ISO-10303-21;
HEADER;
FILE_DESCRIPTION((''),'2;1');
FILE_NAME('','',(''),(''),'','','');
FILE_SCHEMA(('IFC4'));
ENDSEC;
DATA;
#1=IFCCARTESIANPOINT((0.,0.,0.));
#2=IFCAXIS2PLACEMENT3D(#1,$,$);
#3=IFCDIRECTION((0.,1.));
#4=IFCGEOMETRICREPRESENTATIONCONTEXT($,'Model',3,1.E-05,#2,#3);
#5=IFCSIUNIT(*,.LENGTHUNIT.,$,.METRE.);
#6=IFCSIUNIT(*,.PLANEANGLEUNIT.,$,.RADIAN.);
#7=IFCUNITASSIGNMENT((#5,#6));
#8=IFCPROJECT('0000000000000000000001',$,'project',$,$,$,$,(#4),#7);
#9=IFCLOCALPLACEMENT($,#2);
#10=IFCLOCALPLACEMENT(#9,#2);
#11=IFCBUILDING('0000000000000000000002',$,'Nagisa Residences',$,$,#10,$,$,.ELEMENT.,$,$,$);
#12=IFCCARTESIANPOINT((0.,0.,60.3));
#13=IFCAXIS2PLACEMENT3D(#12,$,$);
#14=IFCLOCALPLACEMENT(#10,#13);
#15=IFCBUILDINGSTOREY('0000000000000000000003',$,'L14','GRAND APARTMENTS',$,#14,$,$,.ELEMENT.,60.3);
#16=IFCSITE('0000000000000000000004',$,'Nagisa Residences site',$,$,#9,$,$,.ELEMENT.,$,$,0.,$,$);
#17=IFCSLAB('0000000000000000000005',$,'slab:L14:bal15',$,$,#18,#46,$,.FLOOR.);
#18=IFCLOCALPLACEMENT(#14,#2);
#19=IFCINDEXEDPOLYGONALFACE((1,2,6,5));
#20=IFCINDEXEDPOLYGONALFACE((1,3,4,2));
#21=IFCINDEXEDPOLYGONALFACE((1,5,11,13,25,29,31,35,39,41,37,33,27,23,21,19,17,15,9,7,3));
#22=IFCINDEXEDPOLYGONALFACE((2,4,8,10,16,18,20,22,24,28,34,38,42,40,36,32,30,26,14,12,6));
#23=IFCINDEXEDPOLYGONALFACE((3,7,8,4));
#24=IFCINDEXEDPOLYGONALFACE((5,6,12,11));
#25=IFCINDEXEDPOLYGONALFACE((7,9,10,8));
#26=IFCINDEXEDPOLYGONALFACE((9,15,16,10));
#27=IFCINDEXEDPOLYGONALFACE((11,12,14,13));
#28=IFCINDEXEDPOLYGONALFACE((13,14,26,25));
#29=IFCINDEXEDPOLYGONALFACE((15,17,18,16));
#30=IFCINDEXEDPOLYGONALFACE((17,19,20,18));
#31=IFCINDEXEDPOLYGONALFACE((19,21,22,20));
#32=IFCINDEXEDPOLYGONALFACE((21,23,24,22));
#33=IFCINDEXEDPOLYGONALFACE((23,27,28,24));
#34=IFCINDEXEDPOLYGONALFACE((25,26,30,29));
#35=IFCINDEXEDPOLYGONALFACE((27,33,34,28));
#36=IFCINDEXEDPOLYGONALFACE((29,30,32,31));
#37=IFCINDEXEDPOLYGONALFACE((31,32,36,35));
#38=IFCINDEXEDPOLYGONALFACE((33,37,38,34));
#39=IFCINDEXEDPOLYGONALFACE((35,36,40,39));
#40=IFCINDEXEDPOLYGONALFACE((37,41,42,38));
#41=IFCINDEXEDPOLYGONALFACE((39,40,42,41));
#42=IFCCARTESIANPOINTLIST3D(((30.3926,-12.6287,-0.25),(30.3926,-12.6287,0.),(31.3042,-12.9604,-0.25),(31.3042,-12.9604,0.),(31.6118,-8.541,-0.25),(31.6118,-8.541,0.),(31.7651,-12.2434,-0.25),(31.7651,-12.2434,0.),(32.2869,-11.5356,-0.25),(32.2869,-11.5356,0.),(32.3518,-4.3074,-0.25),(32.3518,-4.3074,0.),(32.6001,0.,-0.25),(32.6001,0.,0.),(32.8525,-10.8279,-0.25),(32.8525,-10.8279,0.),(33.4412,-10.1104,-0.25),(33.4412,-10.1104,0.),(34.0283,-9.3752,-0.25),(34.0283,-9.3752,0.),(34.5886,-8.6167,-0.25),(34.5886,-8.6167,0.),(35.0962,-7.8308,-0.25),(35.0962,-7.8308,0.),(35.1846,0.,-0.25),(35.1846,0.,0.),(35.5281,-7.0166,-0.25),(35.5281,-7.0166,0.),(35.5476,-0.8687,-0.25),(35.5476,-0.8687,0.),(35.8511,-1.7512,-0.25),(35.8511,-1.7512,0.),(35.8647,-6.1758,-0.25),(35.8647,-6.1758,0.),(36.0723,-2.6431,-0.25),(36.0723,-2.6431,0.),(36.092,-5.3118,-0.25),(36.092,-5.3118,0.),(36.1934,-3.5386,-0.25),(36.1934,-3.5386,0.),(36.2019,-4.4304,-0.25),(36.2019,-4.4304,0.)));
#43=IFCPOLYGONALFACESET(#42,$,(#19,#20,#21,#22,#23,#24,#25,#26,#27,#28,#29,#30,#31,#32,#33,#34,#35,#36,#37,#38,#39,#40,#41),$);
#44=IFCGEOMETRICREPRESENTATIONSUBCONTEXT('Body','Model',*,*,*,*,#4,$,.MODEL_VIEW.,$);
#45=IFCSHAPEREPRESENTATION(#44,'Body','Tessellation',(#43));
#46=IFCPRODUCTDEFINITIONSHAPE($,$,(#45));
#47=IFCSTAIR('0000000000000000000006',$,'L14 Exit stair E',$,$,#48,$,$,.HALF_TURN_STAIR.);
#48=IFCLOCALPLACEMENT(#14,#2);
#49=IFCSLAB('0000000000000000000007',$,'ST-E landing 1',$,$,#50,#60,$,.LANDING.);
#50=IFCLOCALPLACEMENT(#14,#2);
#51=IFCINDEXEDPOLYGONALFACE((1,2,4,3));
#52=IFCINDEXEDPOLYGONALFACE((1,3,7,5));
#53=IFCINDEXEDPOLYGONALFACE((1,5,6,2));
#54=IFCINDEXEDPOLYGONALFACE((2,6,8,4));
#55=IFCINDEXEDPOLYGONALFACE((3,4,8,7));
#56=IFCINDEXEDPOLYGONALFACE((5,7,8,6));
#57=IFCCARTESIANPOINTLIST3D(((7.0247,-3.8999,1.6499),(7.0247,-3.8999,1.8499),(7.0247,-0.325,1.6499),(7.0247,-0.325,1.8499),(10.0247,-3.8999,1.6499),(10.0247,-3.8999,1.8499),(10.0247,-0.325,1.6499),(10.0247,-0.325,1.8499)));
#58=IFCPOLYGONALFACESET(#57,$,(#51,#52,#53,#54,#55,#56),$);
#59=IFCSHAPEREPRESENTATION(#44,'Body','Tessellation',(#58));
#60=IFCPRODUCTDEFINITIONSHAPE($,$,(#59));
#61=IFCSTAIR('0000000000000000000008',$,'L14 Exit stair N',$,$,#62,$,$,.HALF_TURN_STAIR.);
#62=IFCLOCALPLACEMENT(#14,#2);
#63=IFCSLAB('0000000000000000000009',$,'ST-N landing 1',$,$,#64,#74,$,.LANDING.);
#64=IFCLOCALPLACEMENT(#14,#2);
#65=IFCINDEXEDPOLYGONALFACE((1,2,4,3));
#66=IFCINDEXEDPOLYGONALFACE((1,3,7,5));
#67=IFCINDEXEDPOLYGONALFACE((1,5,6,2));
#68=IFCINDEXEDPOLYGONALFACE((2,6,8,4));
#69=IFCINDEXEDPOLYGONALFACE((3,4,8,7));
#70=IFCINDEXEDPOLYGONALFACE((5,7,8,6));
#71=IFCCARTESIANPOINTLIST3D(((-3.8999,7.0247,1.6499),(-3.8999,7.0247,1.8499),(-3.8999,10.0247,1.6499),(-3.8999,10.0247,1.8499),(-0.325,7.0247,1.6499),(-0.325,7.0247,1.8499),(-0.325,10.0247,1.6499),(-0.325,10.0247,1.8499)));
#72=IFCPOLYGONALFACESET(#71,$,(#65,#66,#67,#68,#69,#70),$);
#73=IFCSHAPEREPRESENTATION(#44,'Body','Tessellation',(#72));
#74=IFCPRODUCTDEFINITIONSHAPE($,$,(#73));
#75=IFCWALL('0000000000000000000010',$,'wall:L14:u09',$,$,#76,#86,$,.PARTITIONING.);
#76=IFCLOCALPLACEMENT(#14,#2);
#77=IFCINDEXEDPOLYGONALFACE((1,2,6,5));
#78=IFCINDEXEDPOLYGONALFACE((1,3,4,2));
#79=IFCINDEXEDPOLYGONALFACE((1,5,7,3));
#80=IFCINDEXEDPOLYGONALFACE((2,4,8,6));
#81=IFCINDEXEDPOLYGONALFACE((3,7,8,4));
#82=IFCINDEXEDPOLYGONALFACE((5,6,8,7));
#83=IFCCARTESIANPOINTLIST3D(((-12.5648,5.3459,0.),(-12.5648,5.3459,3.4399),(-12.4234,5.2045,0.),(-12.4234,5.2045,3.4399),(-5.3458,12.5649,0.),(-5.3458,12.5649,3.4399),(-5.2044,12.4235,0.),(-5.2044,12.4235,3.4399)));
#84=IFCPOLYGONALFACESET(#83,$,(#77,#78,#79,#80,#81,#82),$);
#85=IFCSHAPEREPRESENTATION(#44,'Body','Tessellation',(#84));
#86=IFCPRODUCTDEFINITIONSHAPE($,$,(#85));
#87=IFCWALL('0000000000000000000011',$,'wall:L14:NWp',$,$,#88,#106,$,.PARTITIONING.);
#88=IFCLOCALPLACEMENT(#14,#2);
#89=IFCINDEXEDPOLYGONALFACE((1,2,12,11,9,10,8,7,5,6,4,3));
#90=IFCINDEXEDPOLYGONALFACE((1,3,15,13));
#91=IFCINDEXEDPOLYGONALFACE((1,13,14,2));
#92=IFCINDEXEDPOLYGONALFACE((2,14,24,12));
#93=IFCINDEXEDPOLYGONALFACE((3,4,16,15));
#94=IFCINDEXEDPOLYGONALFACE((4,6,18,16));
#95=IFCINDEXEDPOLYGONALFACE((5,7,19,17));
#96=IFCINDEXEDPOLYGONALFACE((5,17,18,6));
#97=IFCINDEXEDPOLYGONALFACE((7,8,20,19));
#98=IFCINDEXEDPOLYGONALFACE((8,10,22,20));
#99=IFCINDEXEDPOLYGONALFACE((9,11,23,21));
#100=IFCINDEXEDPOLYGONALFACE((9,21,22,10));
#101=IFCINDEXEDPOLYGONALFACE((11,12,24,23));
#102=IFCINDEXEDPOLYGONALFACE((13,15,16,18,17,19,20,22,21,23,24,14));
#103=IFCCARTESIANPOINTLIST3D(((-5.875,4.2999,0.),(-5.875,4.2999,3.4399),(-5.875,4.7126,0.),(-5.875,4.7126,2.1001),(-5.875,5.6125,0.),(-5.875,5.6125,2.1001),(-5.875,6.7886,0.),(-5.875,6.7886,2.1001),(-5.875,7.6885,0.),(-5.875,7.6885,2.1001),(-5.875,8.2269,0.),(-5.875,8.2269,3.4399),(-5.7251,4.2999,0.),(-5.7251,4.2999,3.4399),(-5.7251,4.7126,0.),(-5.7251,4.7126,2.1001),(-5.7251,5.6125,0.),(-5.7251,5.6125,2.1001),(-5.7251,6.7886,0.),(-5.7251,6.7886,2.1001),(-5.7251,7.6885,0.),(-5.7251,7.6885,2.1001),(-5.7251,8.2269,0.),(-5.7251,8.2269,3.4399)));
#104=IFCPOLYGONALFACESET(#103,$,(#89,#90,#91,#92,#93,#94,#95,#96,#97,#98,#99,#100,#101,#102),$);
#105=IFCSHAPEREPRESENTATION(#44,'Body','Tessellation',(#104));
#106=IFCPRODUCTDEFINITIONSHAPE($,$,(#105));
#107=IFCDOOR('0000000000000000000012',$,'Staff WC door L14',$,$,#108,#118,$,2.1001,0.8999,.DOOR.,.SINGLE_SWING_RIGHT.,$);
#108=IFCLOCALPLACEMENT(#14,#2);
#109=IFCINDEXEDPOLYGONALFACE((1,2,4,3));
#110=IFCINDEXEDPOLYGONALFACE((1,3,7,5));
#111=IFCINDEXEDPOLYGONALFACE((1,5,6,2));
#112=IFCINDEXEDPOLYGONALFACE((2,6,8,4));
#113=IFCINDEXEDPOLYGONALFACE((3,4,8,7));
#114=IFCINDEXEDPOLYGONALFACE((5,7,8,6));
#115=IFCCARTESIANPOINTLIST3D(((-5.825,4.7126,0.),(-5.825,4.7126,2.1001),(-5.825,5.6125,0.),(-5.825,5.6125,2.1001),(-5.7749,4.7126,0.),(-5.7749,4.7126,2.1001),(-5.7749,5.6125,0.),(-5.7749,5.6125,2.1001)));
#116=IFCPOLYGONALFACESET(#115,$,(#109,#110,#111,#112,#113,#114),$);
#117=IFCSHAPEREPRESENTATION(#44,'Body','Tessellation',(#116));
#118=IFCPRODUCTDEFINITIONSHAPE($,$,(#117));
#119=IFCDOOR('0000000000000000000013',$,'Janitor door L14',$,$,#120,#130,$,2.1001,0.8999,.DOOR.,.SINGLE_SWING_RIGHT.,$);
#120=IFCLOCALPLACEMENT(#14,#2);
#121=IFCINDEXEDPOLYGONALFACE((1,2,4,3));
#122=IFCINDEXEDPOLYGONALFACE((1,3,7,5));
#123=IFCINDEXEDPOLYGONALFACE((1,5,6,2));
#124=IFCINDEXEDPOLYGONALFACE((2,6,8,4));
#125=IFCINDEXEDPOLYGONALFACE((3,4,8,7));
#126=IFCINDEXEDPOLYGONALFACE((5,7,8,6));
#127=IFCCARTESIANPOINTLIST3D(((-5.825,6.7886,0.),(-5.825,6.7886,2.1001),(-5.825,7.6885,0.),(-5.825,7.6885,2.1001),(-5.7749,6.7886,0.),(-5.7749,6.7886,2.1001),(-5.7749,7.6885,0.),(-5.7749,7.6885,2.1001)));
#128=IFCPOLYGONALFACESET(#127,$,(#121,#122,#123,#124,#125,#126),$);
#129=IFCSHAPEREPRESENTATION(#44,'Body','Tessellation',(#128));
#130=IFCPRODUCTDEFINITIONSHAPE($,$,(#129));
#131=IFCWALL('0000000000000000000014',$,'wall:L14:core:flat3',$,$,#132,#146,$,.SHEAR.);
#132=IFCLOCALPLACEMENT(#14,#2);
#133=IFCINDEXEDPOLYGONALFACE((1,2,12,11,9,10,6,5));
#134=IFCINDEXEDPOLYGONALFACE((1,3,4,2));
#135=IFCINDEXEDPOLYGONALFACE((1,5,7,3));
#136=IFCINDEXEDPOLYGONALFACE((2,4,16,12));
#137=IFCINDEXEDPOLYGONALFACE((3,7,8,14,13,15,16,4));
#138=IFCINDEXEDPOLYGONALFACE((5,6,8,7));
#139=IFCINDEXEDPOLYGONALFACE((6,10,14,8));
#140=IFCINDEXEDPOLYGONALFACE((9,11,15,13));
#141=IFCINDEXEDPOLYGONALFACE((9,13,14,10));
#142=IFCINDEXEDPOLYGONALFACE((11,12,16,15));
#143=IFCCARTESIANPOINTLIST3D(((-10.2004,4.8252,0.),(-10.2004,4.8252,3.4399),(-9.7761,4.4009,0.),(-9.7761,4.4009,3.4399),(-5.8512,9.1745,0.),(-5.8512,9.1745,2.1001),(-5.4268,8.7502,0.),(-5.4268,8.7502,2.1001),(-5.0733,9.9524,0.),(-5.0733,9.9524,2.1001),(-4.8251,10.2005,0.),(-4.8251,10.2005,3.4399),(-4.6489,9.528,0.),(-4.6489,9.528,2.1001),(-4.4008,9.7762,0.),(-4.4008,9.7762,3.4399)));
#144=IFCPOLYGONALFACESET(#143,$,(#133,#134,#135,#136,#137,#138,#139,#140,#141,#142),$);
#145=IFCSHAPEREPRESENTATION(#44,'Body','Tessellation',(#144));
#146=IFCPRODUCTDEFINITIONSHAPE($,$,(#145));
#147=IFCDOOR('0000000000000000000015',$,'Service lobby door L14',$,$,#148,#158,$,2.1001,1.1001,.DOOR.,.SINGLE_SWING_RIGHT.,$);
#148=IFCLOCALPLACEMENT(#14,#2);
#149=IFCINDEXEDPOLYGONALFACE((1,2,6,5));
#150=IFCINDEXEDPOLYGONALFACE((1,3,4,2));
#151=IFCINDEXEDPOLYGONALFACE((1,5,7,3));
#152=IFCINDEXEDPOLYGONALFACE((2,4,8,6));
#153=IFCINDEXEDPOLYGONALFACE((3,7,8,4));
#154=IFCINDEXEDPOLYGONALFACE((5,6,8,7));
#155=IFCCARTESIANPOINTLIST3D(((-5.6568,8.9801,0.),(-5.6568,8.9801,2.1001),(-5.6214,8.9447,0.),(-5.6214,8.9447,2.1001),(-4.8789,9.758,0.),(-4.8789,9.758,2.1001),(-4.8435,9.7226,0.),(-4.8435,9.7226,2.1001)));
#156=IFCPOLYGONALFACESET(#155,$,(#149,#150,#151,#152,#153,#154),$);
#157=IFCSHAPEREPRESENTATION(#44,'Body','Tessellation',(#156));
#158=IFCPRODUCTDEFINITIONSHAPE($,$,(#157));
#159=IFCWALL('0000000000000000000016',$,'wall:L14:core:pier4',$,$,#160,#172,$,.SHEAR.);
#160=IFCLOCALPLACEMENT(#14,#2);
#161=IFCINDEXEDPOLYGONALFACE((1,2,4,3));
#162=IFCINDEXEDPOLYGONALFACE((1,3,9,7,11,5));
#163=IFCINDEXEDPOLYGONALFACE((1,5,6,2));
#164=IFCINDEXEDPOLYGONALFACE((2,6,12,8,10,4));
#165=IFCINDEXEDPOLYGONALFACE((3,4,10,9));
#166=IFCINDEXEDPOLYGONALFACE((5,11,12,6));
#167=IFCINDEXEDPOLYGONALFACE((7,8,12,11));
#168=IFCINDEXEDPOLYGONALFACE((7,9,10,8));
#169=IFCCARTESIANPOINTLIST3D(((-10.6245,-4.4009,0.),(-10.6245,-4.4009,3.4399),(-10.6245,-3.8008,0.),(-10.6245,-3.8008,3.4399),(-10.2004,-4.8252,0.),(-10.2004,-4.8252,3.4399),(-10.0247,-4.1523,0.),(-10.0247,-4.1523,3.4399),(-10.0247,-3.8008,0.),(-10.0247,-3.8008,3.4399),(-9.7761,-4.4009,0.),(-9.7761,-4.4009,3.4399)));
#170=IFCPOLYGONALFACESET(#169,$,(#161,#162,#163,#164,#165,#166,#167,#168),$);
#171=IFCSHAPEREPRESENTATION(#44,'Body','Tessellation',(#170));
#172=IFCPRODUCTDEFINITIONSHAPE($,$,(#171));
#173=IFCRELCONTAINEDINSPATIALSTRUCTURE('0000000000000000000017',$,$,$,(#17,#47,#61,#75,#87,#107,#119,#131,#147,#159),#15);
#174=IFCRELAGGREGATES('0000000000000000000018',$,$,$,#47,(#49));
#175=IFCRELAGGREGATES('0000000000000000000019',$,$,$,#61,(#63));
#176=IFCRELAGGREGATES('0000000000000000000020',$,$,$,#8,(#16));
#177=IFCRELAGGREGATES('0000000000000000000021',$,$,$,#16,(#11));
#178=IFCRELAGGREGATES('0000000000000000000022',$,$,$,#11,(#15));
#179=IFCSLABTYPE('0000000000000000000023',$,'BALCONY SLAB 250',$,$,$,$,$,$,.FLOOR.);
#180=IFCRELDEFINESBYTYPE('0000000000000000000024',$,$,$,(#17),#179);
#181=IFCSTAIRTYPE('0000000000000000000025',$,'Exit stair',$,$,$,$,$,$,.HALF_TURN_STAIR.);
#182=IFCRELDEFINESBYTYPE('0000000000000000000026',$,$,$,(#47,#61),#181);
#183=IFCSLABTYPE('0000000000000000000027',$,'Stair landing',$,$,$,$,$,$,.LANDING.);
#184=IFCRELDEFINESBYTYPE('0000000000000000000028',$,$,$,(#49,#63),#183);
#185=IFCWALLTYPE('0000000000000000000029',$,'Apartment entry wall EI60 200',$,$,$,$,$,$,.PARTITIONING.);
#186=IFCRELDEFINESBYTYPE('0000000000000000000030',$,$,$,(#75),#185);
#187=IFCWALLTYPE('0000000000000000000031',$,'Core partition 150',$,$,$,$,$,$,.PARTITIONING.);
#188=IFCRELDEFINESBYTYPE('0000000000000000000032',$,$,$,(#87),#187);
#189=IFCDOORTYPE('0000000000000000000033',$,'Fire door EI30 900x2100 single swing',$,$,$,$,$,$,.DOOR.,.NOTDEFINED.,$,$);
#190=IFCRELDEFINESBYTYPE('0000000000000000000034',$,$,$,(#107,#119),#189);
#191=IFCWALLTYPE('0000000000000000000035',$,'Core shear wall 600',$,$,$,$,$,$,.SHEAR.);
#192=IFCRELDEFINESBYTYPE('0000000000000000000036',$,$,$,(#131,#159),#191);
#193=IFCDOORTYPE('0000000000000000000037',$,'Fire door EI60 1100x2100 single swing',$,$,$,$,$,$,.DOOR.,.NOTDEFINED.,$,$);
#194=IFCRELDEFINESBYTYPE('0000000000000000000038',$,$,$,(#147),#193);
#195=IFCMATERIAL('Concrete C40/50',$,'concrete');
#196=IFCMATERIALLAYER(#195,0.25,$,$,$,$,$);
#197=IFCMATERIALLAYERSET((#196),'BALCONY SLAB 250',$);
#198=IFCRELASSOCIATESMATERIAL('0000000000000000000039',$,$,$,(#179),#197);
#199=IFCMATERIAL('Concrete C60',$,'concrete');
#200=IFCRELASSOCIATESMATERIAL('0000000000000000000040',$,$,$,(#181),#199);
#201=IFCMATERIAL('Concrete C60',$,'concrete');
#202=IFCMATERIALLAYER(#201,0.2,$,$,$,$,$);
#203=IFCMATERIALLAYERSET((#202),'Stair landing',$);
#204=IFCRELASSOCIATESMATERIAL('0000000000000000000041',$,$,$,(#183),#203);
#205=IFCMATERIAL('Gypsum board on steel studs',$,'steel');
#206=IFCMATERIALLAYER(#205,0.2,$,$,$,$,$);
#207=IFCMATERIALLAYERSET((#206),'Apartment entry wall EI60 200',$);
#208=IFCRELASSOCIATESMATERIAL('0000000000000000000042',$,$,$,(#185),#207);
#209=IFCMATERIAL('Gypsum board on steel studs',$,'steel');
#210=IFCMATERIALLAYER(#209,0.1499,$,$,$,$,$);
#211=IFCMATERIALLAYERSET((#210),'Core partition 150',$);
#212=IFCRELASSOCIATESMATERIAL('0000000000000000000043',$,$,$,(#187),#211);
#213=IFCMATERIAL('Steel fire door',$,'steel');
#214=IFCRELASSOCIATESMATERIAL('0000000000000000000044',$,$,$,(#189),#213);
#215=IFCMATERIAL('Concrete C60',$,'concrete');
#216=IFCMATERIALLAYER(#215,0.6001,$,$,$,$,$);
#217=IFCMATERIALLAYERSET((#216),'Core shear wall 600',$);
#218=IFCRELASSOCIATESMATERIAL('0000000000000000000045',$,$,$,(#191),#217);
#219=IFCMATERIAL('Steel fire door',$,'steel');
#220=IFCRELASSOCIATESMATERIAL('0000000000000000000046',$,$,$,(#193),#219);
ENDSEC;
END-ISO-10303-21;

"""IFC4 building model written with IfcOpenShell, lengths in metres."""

from ifc_helpers import new_model, si_unit, direction, frame, frame_2d, origin, place, context, subcontext, project, spatial, polyline, rectangle, outline, extrude, material, layer, layer_set, type_object, element, fill, aggregate, save


model = new_model("IFC4")

# Units and contexts
model_context = context("Model", 3, precision=1e-05, world=origin(), true_north=direction((0.0, 1.0)))
body_context = subcontext(model_context, "Body", "Model", "MODEL_VIEW")
ifc_project = project(units=[si_unit("LENGTHUNIT", "METRE"), si_unit("PLANEANGLEUNIT", "RADIAN")], contexts=[model_context])

# Site, building, storey
site_placement = place(None, origin())
site = spatial("IfcSite", under=ifc_project, at=site_placement, Name="Nagisa Residences site", CompositionType="ELEMENT", RefElevation=0.0)
building_placement = place(site_placement, origin())
building = spatial("IfcBuilding", under=site, at=building_placement, Name="Nagisa Residences", CompositionType="ELEMENT")
storey_placement = place(building_placement, frame((0.0, 0.0, 60.3)))
storey = spatial("IfcBuildingStorey", under=building, at=storey_placement, Name="L14", Description="GRAND APARTMENTS", CompositionType="ELEMENT", Elevation=60.3)

# Slab
ifc_material_1 = material(Name="Concrete C40/50", Category="concrete")
ifc_layer_1 = layer(ifc_material_1, 0.25)
ifc_layer_set_1 = layer_set([ifc_layer_1], Name="BALCONY SLAB 250")
slab_type_1 = type_object("IfcSlabType", Name="BALCONY SLAB 250", PredefinedType="FLOOR", material=ifc_layer_set_1)
slab_1_placement = place(storey_placement, frame((0.0, 0.0, -0.25)))
element("IfcSlab", 1, at=slab_1_placement, inside=storey, type_object=slab_type_1, Name="slab:L14:bal15", PredefinedType="FLOOR", context=body_context, shape_type="SweptSolid", body=[
    extrude(outline(polyline([(31.3042, -12.9604), (31.7651, -12.2434), (32.2869, -11.5356), (32.8525, -10.8279), (33.4412, -10.1104), (34.0283, -9.3752), (34.5886, -8.6167), (35.0962, -7.8308), (35.5281, -7.0166), (35.8647, -6.1758), (36.092, -5.3118), (36.2019, -4.4304), (36.1934, -3.5386), (36.0723, -2.6431), (35.8511, -1.7512), (35.5476, -0.8687), (35.1846, 0.0), (32.6001, 0.0), (32.3518, -4.3074), (31.6118, -8.541), (30.3926, -12.6287), (31.3042, -12.9604)])), origin(), (0.0, 0.0, 1.0), 0.25),
])

# Stairs, slabs
ifc_material_2 = material(Name="Concrete C60", Category="concrete")
stair_type = type_object("IfcStairType", Name="Exit stair", PredefinedType="HALF_TURN_STAIR", material=ifc_material_2)
stair_1_placement = place(storey_placement, origin())
stair_1 = element("IfcStair", 2, at=stair_1_placement, inside=storey, type_object=stair_type, Name="L14 Exit stair E", PredefinedType="HALF_TURN_STAIR")
ifc_material_3 = material(Name="Concrete C60", Category="concrete")
ifc_layer_2 = layer(ifc_material_3, 0.2)
ifc_layer_set_2 = layer_set([ifc_layer_2], Name="Stair landing")
slab_type_2 = type_object("IfcSlabType", Name="Stair landing", PredefinedType="LANDING", material=ifc_layer_set_2)
slab_2_placement = place(storey_placement, frame((0.0, 0.0, 1.6499)))
slab_2 = element("IfcSlab", 3, at=slab_2_placement, type_object=slab_type_2, Name="ST-E landing 1", PredefinedType="LANDING", context=body_context, shape_type="SweptSolid", body=[
    extrude(outline(polyline([(7.0247, -0.325), (7.0247, -3.8999), (10.0247, -3.8999), (10.0247, -0.325), (7.0247, -0.325)])), origin(), (0.0, 0.0, 1.0), 0.2),
])
aggregate(stair_1, [slab_2])
stair_2_placement = place(storey_placement, origin())
stair_2 = element("IfcStair", 4, at=stair_2_placement, inside=storey, type_object=stair_type, Name="L14 Exit stair N", PredefinedType="HALF_TURN_STAIR")
slab_3_placement = place(storey_placement, frame((0.0, 0.0, 1.6499)))
slab_3 = element("IfcSlab", 5, at=slab_3_placement, type_object=slab_type_2, Name="ST-N landing 1", PredefinedType="LANDING", context=body_context, shape_type="SweptSolid", body=[
    extrude(outline(polyline([(-0.325, 10.0247), (-3.8999, 10.0247), (-3.8999, 7.0247), (-0.325, 7.0247), (-0.325, 10.0247)])), origin(), (0.0, 0.0, 1.0), 0.2),
])

# Wall
ifc_material_4 = material(Name="Gypsum board on steel studs", Category="steel")
ifc_layer_3 = layer(ifc_material_4, 0.2)
ifc_layer_set_3 = layer_set([ifc_layer_3], Name="Apartment entry wall EI60 200")
wall_type_1 = type_object("IfcWallType", Name="Apartment entry wall EI60 200", PredefinedType="PARTITIONING", material=ifc_layer_set_3)
wall_1_placement = place(storey_placement, frame((-5.2751, 12.4941, 0.0), z_axis=(0.0, 0.0, 1.0), x_axis=(-0.707107, -0.707107, 0.0)))
element("IfcWall", 6, at=wall_1_placement, inside=storey, type_object=wall_type_1, Name="wall:L14:u09", PredefinedType="PARTITIONING", context=body_context, shape_type="SweptSolid", body=[
    extrude(rectangle(XDim=10.2092, YDim=0.2, at=frame_2d((5.1045, 0.0))), origin(), (0.0, 0.0, 1.0), 3.4399),
])

# Wall, openings, doors
ifc_material_5 = material(Name="Gypsum board on steel studs", Category="steel")
ifc_layer_4 = layer(ifc_material_5, 0.1499)
ifc_layer_set_4 = layer_set([ifc_layer_4], Name="Core partition 150")
wall_type_2 = type_object("IfcWallType", Name="Core partition 150", PredefinedType="PARTITIONING", material=ifc_layer_set_4)
wall_2_placement = place(storey_placement, frame((-5.8, 4.3, 0.0), z_axis=(0.0, 0.0, 1.0), x_axis=(0.0, 1.0, 0.0)))
wall_2 = element("IfcWall", 7, at=wall_2_placement, inside=storey, type_object=wall_type_2, Name="wall:L14:NWp", PredefinedType="PARTITIONING", context=body_context, shape_type="SweptSolid", body=[
    extrude(rectangle(XDim=3.927, YDim=0.1499, at=frame_2d((1.9634, 0.0))), origin(), (0.0, 0.0, 1.0), 3.4399),
])
opening_1_placement = place(wall_2_placement, frame((0.4126, 0.0, 0.0)))
opening_1 = element("IfcOpeningElement", 8, at=opening_1_placement, cuts=wall_2, PredefinedType="OPENING", context=body_context, shape_type="SweptSolid", body=[
    extrude(rectangle(XDim=0.8999, YDim=2.1001, at=frame_2d((0.45, 1.05))), frame((0.0, 0.085, 0.0), z_axis=(0.0, -1.0, 0.0), x_axis=(1.0, 0.0, 0.0)), (0.0, 0.0, 1.0), 0.1699),
])
opening_2_placement = place(wall_2_placement, frame((2.4885, 0.0, 0.0)))
opening_2 = element("IfcOpeningElement", 9, at=opening_2_placement, cuts=wall_2, PredefinedType="OPENING", context=body_context, shape_type="SweptSolid", body=[
    extrude(rectangle(XDim=0.8999, YDim=2.1001, at=frame_2d((0.45, 1.05))), frame((0.0, 0.085, 0.0), z_axis=(0.0, -1.0, 0.0), x_axis=(1.0, 0.0, 0.0)), (0.0, 0.0, 1.0), 0.1699),
])
ifc_material_6 = material(Name="Steel fire door", Category="steel")
door_type_1 = type_object("IfcDoorType", Name="Fire door EI30 900x2100 single swing", OperationType="NOTDEFINED", PredefinedType="DOOR", material=ifc_material_6)
door_1_placement = place(opening_1_placement, origin())
door_1 = element("IfcDoor", 10, at=door_1_placement, inside=storey, type_object=door_type_1, Name="Staff WC door L14", OperationType="SINGLE_SWING_RIGHT", OverallHeight=2.1001, OverallWidth=0.8999, PredefinedType="DOOR", context=body_context, shape_type="SweptSolid", body=[
    extrude(rectangle(XDim=0.8999, YDim=2.1001, at=frame_2d((0.45, 1.05))), frame((0.0, 0.0249, 0.0), z_axis=(0.0, -1.0, 0.0), x_axis=(1.0, 0.0, 0.0)), (0.0, 0.0, 1.0), 0.05),
])
fill(opening_1, door_1)
door_2_placement = place(opening_2_placement, origin())
door_2 = element("IfcDoor", 11, at=door_2_placement, inside=storey, type_object=door_type_1, Name="Janitor door L14", OperationType="SINGLE_SWING_RIGHT", OverallHeight=2.1001, OverallWidth=0.8999, PredefinedType="DOOR", context=body_context, shape_type="SweptSolid", body=[
    extrude(rectangle(XDim=0.8999, YDim=2.1001, at=frame_2d((0.45, 1.05))), frame((0.0, 0.0249, 0.0), z_axis=(0.0, -1.0, 0.0), x_axis=(1.0, 0.0, 0.0)), (0.0, 0.0, 1.0), 0.05),
])
fill(opening_2, door_2)

# Wall, opening, door
ifc_material_7 = material(Name="Concrete C60", Category="concrete")
ifc_layer_5 = layer(ifc_material_7, 0.6001)
ifc_layer_set_5 = layer_set([ifc_layer_5], Name="Core shear wall 600")
wall_type_3 = type_object("IfcWallType", Name="Core shear wall 600", PredefinedType="SHEAR", material=ifc_layer_set_5)
wall_3_placement = place(storey_placement, frame((-4.613, 9.9883, 0.0), z_axis=(0.0, 0.0, 1.0), x_axis=(-0.707107, -0.707107, 0.0)))
wall_3 = element("IfcWall", 12, at=wall_3_placement, inside=storey, type_object=wall_type_3, Name="wall:L14:core:flat3", PredefinedType="SHEAR", context=body_context, shape_type="SweptSolid", body=[
    extrude(rectangle(XDim=7.6018, YDim=0.6001, at=frame_2d((3.8008, 0.0))), origin(), (0.0, 0.0, 1.0), 3.4399),
])
opening_3_placement = place(wall_3_placement, frame((0.3508, 0.0, 0.0)))
opening_3 = element("IfcOpeningElement", 13, at=opening_3_placement, cuts=wall_3, PredefinedType="OPENING", context=body_context, shape_type="SweptSolid", body=[
    extrude(rectangle(XDim=1.1001, YDim=2.1001, at=frame_2d((0.55, 1.05))), frame((0.0, 0.3101, 0.0), z_axis=(0.0, -1.0, 0.0), x_axis=(1.0, 0.0, 0.0)), (0.0, 0.0, 1.0), 0.6201),
])
ifc_material_8 = material(Name="Steel fire door", Category="steel")
door_type_2 = type_object("IfcDoorType", Name="Fire door EI60 1100x2100 single swing", OperationType="NOTDEFINED", PredefinedType="DOOR", material=ifc_material_8)
door_3_placement = place(opening_3_placement, origin())
door_3 = element("IfcDoor", 14, at=door_3_placement, inside=storey, type_object=door_type_2, Name="Service lobby door L14", OperationType="SINGLE_SWING_RIGHT", OverallHeight=2.1001, OverallWidth=1.1001, PredefinedType="DOOR", context=body_context, shape_type="SweptSolid", body=[
    extrude(rectangle(XDim=1.1001, YDim=2.1001, at=frame_2d((0.55, 1.05))), frame((0.0, 0.0249, 0.0), z_axis=(0.0, -1.0, 0.0), x_axis=(1.0, 0.0, 0.0)), (0.0, 0.0, 1.0), 0.05),
])
fill(opening_3, door_3)

# Wall
wall_4_placement = place(storey_placement, origin())
element("IfcWall", 15, at=wall_4_placement, inside=storey, type_object=wall_type_3, Name="wall:L14:core:pier4", PredefinedType="SHEAR", context=body_context, shape_type="SweptSolid", body=[
    extrude(outline(polyline([(-10.6245, -3.8008), (-10.0247, -3.8008), (-10.0247, -4.1523), (-9.7761, -4.4009), (-10.2004, -4.8252), (-10.6245, -4.4009), (-10.6245, -3.8008)])), origin(), (0.0, 0.0, 1.0), 3.4399),
])

aggregate(stair_2, [slab_3])

save(model, "model.ifc")
